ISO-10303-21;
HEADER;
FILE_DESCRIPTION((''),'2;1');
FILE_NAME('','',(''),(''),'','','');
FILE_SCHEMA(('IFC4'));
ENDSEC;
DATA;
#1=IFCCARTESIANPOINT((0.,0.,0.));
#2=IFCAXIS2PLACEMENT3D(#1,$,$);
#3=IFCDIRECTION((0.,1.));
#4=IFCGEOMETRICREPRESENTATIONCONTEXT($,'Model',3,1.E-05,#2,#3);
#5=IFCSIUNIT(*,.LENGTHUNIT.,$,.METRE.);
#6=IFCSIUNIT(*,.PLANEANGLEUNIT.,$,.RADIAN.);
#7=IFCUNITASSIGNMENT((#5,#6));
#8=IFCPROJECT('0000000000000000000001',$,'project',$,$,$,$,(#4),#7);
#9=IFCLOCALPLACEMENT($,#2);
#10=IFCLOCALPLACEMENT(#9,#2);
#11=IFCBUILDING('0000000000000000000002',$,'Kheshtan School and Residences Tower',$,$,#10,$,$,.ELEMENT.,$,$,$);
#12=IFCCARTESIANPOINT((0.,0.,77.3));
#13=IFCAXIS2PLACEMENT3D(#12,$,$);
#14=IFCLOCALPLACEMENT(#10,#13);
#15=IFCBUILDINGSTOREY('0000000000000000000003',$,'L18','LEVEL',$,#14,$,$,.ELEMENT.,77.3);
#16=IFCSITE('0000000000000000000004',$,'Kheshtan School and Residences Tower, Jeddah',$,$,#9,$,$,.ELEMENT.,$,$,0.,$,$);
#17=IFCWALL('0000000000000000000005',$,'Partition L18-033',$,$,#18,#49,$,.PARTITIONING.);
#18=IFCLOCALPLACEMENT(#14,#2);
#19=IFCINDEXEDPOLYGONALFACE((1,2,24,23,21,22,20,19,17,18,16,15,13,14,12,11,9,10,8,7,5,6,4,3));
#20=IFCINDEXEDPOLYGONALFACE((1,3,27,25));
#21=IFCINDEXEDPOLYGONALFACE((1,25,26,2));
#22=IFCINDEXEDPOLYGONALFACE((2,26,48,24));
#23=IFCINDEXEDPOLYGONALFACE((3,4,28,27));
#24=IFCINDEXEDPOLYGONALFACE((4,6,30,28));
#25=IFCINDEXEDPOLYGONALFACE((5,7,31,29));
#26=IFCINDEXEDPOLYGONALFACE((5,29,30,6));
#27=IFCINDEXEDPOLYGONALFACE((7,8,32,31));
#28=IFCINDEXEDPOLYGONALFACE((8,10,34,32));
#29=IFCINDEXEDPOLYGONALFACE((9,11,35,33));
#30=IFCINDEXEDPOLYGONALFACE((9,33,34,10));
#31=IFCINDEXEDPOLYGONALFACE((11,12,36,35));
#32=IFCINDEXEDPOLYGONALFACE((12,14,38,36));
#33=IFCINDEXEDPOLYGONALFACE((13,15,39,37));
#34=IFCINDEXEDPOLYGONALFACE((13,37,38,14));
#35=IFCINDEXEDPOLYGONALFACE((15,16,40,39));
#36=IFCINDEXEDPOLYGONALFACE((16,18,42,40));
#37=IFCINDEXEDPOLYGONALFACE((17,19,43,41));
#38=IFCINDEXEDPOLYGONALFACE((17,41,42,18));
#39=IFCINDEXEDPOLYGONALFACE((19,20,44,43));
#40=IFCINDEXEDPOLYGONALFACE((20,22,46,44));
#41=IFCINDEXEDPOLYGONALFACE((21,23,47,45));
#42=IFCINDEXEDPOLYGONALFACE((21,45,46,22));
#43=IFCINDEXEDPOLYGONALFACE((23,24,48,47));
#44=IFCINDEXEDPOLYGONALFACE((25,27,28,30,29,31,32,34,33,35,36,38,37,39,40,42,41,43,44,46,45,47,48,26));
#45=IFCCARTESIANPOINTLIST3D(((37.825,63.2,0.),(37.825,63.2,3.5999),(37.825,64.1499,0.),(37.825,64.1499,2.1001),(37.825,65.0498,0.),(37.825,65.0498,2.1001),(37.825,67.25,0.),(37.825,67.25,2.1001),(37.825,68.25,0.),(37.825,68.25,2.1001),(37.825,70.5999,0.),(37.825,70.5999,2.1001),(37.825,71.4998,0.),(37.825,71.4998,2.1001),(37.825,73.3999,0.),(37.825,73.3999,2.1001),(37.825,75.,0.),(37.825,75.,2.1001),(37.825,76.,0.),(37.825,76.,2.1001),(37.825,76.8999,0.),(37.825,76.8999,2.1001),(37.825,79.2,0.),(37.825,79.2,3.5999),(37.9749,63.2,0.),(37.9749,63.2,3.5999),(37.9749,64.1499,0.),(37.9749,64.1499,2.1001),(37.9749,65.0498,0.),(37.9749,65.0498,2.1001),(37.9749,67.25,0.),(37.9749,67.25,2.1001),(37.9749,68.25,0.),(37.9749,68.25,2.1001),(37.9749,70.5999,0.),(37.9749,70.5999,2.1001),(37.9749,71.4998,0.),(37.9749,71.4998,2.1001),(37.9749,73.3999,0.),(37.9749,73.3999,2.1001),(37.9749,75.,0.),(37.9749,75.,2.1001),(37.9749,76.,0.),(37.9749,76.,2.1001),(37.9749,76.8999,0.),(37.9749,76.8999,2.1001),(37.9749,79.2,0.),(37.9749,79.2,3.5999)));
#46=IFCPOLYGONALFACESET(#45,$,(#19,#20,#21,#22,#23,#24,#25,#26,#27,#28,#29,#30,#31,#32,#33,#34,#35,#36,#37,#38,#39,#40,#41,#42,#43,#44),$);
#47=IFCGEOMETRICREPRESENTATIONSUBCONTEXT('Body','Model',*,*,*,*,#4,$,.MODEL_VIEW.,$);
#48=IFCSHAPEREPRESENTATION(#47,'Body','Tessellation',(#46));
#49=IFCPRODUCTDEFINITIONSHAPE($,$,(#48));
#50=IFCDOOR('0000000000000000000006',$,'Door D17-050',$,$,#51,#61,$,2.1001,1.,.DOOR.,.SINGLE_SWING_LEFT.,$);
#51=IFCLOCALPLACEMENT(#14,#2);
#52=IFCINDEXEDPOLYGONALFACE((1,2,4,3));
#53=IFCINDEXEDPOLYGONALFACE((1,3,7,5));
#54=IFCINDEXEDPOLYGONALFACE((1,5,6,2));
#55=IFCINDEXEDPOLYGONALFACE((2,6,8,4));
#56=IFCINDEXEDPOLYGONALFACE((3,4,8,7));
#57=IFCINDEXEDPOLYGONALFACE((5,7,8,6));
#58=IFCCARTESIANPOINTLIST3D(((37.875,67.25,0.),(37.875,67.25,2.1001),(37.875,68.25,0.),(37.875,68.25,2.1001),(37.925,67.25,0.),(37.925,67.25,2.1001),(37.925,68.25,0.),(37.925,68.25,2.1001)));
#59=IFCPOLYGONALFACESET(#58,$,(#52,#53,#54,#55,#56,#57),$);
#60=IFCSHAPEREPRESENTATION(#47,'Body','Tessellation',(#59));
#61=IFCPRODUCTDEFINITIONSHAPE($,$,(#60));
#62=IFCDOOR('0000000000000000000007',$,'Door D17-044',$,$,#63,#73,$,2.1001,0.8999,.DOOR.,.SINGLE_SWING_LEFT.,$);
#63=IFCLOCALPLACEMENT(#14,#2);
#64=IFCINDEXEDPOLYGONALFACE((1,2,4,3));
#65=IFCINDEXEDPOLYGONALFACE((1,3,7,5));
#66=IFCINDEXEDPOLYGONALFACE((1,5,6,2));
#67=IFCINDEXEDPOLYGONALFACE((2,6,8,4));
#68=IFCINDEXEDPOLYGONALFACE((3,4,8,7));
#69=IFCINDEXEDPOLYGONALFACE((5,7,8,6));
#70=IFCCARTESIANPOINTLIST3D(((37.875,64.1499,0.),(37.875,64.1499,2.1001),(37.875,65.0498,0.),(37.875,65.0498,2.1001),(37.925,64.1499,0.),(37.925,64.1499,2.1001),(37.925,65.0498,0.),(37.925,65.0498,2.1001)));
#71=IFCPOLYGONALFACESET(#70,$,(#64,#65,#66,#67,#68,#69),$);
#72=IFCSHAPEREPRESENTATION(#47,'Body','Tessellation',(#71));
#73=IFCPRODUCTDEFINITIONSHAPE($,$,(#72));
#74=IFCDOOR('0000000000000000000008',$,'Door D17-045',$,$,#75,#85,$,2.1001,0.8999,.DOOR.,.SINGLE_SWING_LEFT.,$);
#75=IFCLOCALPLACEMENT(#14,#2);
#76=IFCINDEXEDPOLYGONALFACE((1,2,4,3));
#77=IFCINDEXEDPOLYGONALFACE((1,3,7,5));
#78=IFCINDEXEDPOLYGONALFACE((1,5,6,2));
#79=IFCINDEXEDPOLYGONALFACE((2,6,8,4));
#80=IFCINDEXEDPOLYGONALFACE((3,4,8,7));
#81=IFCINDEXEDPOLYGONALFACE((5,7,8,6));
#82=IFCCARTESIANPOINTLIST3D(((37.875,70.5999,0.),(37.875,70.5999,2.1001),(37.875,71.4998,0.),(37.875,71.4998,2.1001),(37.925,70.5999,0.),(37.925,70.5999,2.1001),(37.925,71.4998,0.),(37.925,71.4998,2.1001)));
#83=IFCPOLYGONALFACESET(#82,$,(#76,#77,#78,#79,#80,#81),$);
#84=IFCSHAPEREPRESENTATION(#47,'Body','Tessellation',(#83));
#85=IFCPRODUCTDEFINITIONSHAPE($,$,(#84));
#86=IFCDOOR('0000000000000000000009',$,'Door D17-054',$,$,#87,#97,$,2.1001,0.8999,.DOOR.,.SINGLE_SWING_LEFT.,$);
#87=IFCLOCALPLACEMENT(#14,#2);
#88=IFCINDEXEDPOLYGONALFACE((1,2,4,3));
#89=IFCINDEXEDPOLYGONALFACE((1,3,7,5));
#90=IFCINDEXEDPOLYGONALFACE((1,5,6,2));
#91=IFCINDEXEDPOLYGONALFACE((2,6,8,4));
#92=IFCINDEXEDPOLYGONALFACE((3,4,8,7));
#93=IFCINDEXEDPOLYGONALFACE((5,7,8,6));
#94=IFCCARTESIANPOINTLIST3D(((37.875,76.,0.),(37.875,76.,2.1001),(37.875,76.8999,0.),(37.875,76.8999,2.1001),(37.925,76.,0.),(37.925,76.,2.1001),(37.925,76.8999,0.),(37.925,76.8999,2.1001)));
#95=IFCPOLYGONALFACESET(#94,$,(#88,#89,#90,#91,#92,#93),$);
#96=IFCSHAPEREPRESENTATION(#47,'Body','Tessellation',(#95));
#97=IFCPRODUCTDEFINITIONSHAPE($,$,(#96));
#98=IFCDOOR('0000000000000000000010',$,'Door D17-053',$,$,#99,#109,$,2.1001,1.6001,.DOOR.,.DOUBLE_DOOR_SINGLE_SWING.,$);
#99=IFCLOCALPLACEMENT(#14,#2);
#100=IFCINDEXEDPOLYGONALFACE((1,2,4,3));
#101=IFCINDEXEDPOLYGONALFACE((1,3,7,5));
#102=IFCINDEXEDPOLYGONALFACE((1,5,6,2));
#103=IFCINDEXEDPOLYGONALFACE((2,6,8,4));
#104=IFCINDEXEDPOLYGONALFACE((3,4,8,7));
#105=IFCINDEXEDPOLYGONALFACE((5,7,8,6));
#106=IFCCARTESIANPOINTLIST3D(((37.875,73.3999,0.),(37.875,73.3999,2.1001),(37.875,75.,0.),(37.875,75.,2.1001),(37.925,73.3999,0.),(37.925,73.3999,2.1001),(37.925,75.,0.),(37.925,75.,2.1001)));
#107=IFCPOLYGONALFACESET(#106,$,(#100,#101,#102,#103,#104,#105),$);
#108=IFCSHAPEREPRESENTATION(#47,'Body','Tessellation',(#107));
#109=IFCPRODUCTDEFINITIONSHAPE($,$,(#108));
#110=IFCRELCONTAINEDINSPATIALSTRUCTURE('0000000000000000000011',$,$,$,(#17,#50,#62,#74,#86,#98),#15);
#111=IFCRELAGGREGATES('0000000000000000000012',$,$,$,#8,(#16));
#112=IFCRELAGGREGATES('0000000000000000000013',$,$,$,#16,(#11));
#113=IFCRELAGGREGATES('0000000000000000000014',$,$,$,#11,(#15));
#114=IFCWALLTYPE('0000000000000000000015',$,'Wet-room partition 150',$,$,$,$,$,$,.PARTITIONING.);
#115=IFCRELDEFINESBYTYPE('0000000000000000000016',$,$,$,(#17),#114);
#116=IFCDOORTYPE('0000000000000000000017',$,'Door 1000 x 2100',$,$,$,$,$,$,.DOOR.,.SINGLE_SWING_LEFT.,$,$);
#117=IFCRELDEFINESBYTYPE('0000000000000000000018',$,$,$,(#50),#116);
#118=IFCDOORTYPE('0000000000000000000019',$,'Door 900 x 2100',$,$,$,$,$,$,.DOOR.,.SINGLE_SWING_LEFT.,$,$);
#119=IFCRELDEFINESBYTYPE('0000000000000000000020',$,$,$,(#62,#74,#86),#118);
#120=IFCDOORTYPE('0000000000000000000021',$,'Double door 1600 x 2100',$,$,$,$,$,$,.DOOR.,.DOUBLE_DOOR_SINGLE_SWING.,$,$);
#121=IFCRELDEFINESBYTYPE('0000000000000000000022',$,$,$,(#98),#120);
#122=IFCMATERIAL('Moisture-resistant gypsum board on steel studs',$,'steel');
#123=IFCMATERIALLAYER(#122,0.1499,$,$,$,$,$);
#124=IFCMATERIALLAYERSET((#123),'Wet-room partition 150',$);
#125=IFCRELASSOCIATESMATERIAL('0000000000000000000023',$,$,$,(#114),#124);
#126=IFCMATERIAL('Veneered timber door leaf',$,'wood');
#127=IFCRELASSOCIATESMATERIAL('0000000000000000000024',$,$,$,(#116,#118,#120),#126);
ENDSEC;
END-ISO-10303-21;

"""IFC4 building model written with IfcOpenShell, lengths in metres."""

from ifc_helpers import new_model, si_unit, direction, frame, frame_2d, origin, place, context, subcontext, project, spatial, rectangle, extrude, source, transform, mapped, material, layer, layer_set, type_object, element, fill, save


model = new_model("IFC4")

# Units and contexts
model_context = context("Model", 3, precision=1e-05, world=origin(), true_north=direction((0.0, 1.0)))
body_context = subcontext(model_context, "Body", "Model", "MODEL_VIEW")
ifc_project = project(units=[si_unit("LENGTHUNIT", "METRE"), si_unit("PLANEANGLEUNIT", "RADIAN")], contexts=[model_context])

# Site, building, storey
site_placement = place(None, origin())
site = spatial("IfcSite", under=ifc_project, at=site_placement, Name="Kheshtan School and Residences Tower, Jeddah", CompositionType="ELEMENT", RefElevation=0.0)
building_placement = place(site_placement, origin())
building = spatial("IfcBuilding", under=site, at=building_placement, Name="Kheshtan School and Residences Tower", CompositionType="ELEMENT")
storey_placement = place(building_placement, frame((0.0, 0.0, 77.3)))
storey = spatial("IfcBuildingStorey", under=building, at=storey_placement, Name="L18", Description="LEVEL", CompositionType="ELEMENT", Elevation=77.3)

# Shared definitions
ifc_material_1 = material(Name="Veneered timber door leaf", Category="wood")

# Wall, openings, doors
ifc_material_2 = material(Name="Moisture-resistant gypsum board on steel studs", Category="steel")
ifc_layer_1 = layer(ifc_material_2, 0.1499)
ifc_layer_set_1 = layer_set([ifc_layer_1], Name="Wet-room partition 150")
wall_type_1 = type_object("IfcWallType", Name="Wet-room partition 150", PredefinedType="PARTITIONING", material=ifc_layer_set_1)
wall_1_placement = place(storey_placement, frame((37.8999, 63.2, 0.0), z_axis=(0.0, 0.0, 1.0), x_axis=(0.0, 1.0, 0.0)))
wall_1 = element("IfcWall", 1, at=wall_1_placement, inside=storey, type_object=wall_type_1, Name="Partition L18-033", PredefinedType="PARTITIONING", context=body_context, shape_type="SweptSolid", body=[
    extrude(rectangle(XDim=16.0, YDim=0.1499, at=frame_2d((8.0, 0.0))), origin(), (0.0, 0.0, 1.0), 3.5999),
])
opening_1_placement = place(wall_1_placement, frame((0.95, 0.0, 0.0)))
opening_1 = element("IfcOpeningElement", 2, at=opening_1_placement, cuts=wall_1, PredefinedType="OPENING", context=body_context, shape_type="SweptSolid", body=[
    extrude(rectangle(XDim=0.8999, YDim=2.1001, at=frame_2d((0.45, 1.05))), frame((0.0, 0.085, 0.0), z_axis=(0.0, -1.0, 0.0), x_axis=(1.0, 0.0, 0.0)), (0.0, 0.0, 1.0), 0.1699),
])
opening_2_placement = place(wall_1_placement, frame((7.3999, 0.0, 0.0)))
opening_2 = element("IfcOpeningElement", 3, at=opening_2_placement, cuts=wall_1, PredefinedType="OPENING", context=body_context, shape_type="SweptSolid", body=[
    extrude(rectangle(XDim=0.8999, YDim=2.1001, at=frame_2d((0.45, 1.05))), frame((0.0, 0.085, 0.0), z_axis=(0.0, -1.0, 0.0), x_axis=(1.0, 0.0, 0.0)), (0.0, 0.0, 1.0), 0.1699),
])
opening_3_placement = place(wall_1_placement, frame((4.05, 0.0, 0.0)))
opening_3 = element("IfcOpeningElement", 4, at=opening_3_placement, cuts=wall_1, PredefinedType="OPENING", context=body_context, shape_type="SweptSolid", body=[
    extrude(rectangle(XDim=1.0, YDim=2.1001, at=frame_2d((0.5, 1.05))), frame((0.0, 0.085, 0.0), z_axis=(0.0, -1.0, 0.0), x_axis=(1.0, 0.0, 0.0)), (0.0, 0.0, 1.0), 0.1699),
])
opening_4_placement = place(wall_1_placement, frame((10.2, 0.0, 0.0)))
opening_4 = element("IfcOpeningElement", 5, at=opening_4_placement, cuts=wall_1, PredefinedType="OPENING", context=body_context, shape_type="SweptSolid", body=[
    extrude(rectangle(XDim=1.6001, YDim=2.1001, at=frame_2d((0.8, 1.05))), frame((0.0, 0.085, 0.0), z_axis=(0.0, -1.0, 0.0), x_axis=(1.0, 0.0, 0.0)), (0.0, 0.0, 1.0), 0.1699),
])
opening_5_placement = place(wall_1_placement, frame((12.8, 0.0, 0.0)))
opening_5 = element("IfcOpeningElement", 6, at=opening_5_placement, cuts=wall_1, PredefinedType="OPENING", context=body_context, shape_type="SweptSolid", body=[
    extrude(rectangle(XDim=0.8999, YDim=2.1001, at=frame_2d((0.45, 1.05))), frame((0.0, 0.085, 0.0), z_axis=(0.0, -1.0, 0.0), x_axis=(1.0, 0.0, 0.0)), (0.0, 0.0, 1.0), 0.1699),
])
door_type_1 = type_object("IfcDoorType", Name="Door 1000 x 2100", OperationType="SINGLE_SWING_LEFT", PredefinedType="DOOR", material=ifc_material_1)
shared_shape_1 = source(origin(), body_context, "Body", "SweptSolid", [
    extrude(rectangle(XDim=1.0, YDim=2.1001, at=frame_2d((0.5, 1.05))), frame((0.0, 0.0249, 0.0), z_axis=(0.0, -1.0, 0.0), x_axis=(1.0, 0.0, 0.0)), (0.0, 0.0, 1.0), 0.05),
])
door_1_placement = place(opening_3_placement, origin())
door_1 = element("IfcDoor", 7, at=door_1_placement, inside=storey, type_object=door_type_1, Name="Door D17-050", OperationType="SINGLE_SWING_LEFT", OverallHeight=2.1001, OverallWidth=1.0, PredefinedType="DOOR", context=body_context, shape_type="MappedRepresentation", body=[
    mapped(shared_shape_1, transform((0.0, 0.0, 0.0), x_axis=(1.0, 0.0, 0.0), y_axis=(0.0, 1.0, 0.0), z_axis=(0.0, 0.0, 1.0), scale=1.0)),
])
fill(opening_3, door_1)
door_type_2 = type_object("IfcDoorType", Name="Door 900 x 2100", OperationType="SINGLE_SWING_LEFT", PredefinedType="DOOR", material=ifc_material_1)
shared_shape_2 = source(origin(), body_context, "Body", "SweptSolid", [
    extrude(rectangle(XDim=0.8999, YDim=2.1001, at=frame_2d((0.45, 1.05))), frame((0.0, 0.0249, 0.0), z_axis=(0.0, -1.0, 0.0), x_axis=(1.0, 0.0, 0.0)), (0.0, 0.0, 1.0), 0.05),
])
door_2_placement = place(opening_1_placement, origin())
door_2 = element("IfcDoor", 8, at=door_2_placement, inside=storey, type_object=door_type_2, Name="Door D17-044", OperationType="SINGLE_SWING_LEFT", OverallHeight=2.1001, OverallWidth=0.8999, PredefinedType="DOOR", context=body_context, shape_type="MappedRepresentation", body=[
    mapped(shared_shape_2, transform((0.0, 0.0, 0.0), x_axis=(1.0, 0.0, 0.0), y_axis=(0.0, 1.0, 0.0), z_axis=(0.0, 0.0, 1.0), scale=1.0)),
])
fill(opening_1, door_2)
door_3_placement = place(opening_2_placement, origin())
door_3 = element("IfcDoor", 9, at=door_3_placement, inside=storey, type_object=door_type_2, Name="Door D17-045", OperationType="SINGLE_SWING_LEFT", OverallHeight=2.1001, OverallWidth=0.8999, PredefinedType="DOOR", context=body_context, shape_type="MappedRepresentation", body=[
    mapped(shared_shape_2, transform((0.0, 0.0, 0.0), x_axis=(1.0, 0.0, 0.0), y_axis=(0.0, 1.0, 0.0), z_axis=(0.0, 0.0, 1.0), scale=1.0)),
])
fill(opening_2, door_3)
door_4_placement = place(opening_5_placement, origin())
door_4 = element("IfcDoor", 10, at=door_4_placement, inside=storey, type_object=door_type_2, Name="Door D17-054", OperationType="SINGLE_SWING_LEFT", OverallHeight=2.1001, OverallWidth=0.8999, PredefinedType="DOOR", context=body_context, shape_type="MappedRepresentation", body=[
    mapped(shared_shape_2, transform((0.0, 0.0, 0.0), x_axis=(1.0, 0.0, 0.0), y_axis=(0.0, 1.0, 0.0), z_axis=(0.0, 0.0, 1.0), scale=1.0)),
])
fill(opening_5, door_4)
door_type_3 = type_object("IfcDoorType", Name="Double door 1600 x 2100", OperationType="DOUBLE_DOOR_SINGLE_SWING", PredefinedType="DOOR", material=ifc_material_1)
shared_shape_3 = source(origin(), body_context, "Body", "SweptSolid", [
    extrude(rectangle(XDim=1.6001, YDim=2.1001, at=frame_2d((0.8, 1.05))), frame((0.0, 0.0249, 0.0), z_axis=(0.0, -1.0, 0.0), x_axis=(1.0, 0.0, 0.0)), (0.0, 0.0, 1.0), 0.05),
])
door_5_placement = place(opening_4_placement, origin())
door_5 = element("IfcDoor", 11, at=door_5_placement, inside=storey, type_object=door_type_3, Name="Door D17-053", OperationType="DOUBLE_DOOR_SINGLE_SWING", OverallHeight=2.1001, OverallWidth=1.6001, PredefinedType="DOOR", context=body_context, shape_type="MappedRepresentation", body=[
    mapped(shared_shape_3, transform((0.0, 0.0, 0.0), x_axis=(1.0, 0.0, 0.0), y_axis=(0.0, 1.0, 0.0), z_axis=(0.0, 0.0, 1.0), scale=1.0)),
])
fill(opening_4, door_5)

save(model, "model.ifc")
